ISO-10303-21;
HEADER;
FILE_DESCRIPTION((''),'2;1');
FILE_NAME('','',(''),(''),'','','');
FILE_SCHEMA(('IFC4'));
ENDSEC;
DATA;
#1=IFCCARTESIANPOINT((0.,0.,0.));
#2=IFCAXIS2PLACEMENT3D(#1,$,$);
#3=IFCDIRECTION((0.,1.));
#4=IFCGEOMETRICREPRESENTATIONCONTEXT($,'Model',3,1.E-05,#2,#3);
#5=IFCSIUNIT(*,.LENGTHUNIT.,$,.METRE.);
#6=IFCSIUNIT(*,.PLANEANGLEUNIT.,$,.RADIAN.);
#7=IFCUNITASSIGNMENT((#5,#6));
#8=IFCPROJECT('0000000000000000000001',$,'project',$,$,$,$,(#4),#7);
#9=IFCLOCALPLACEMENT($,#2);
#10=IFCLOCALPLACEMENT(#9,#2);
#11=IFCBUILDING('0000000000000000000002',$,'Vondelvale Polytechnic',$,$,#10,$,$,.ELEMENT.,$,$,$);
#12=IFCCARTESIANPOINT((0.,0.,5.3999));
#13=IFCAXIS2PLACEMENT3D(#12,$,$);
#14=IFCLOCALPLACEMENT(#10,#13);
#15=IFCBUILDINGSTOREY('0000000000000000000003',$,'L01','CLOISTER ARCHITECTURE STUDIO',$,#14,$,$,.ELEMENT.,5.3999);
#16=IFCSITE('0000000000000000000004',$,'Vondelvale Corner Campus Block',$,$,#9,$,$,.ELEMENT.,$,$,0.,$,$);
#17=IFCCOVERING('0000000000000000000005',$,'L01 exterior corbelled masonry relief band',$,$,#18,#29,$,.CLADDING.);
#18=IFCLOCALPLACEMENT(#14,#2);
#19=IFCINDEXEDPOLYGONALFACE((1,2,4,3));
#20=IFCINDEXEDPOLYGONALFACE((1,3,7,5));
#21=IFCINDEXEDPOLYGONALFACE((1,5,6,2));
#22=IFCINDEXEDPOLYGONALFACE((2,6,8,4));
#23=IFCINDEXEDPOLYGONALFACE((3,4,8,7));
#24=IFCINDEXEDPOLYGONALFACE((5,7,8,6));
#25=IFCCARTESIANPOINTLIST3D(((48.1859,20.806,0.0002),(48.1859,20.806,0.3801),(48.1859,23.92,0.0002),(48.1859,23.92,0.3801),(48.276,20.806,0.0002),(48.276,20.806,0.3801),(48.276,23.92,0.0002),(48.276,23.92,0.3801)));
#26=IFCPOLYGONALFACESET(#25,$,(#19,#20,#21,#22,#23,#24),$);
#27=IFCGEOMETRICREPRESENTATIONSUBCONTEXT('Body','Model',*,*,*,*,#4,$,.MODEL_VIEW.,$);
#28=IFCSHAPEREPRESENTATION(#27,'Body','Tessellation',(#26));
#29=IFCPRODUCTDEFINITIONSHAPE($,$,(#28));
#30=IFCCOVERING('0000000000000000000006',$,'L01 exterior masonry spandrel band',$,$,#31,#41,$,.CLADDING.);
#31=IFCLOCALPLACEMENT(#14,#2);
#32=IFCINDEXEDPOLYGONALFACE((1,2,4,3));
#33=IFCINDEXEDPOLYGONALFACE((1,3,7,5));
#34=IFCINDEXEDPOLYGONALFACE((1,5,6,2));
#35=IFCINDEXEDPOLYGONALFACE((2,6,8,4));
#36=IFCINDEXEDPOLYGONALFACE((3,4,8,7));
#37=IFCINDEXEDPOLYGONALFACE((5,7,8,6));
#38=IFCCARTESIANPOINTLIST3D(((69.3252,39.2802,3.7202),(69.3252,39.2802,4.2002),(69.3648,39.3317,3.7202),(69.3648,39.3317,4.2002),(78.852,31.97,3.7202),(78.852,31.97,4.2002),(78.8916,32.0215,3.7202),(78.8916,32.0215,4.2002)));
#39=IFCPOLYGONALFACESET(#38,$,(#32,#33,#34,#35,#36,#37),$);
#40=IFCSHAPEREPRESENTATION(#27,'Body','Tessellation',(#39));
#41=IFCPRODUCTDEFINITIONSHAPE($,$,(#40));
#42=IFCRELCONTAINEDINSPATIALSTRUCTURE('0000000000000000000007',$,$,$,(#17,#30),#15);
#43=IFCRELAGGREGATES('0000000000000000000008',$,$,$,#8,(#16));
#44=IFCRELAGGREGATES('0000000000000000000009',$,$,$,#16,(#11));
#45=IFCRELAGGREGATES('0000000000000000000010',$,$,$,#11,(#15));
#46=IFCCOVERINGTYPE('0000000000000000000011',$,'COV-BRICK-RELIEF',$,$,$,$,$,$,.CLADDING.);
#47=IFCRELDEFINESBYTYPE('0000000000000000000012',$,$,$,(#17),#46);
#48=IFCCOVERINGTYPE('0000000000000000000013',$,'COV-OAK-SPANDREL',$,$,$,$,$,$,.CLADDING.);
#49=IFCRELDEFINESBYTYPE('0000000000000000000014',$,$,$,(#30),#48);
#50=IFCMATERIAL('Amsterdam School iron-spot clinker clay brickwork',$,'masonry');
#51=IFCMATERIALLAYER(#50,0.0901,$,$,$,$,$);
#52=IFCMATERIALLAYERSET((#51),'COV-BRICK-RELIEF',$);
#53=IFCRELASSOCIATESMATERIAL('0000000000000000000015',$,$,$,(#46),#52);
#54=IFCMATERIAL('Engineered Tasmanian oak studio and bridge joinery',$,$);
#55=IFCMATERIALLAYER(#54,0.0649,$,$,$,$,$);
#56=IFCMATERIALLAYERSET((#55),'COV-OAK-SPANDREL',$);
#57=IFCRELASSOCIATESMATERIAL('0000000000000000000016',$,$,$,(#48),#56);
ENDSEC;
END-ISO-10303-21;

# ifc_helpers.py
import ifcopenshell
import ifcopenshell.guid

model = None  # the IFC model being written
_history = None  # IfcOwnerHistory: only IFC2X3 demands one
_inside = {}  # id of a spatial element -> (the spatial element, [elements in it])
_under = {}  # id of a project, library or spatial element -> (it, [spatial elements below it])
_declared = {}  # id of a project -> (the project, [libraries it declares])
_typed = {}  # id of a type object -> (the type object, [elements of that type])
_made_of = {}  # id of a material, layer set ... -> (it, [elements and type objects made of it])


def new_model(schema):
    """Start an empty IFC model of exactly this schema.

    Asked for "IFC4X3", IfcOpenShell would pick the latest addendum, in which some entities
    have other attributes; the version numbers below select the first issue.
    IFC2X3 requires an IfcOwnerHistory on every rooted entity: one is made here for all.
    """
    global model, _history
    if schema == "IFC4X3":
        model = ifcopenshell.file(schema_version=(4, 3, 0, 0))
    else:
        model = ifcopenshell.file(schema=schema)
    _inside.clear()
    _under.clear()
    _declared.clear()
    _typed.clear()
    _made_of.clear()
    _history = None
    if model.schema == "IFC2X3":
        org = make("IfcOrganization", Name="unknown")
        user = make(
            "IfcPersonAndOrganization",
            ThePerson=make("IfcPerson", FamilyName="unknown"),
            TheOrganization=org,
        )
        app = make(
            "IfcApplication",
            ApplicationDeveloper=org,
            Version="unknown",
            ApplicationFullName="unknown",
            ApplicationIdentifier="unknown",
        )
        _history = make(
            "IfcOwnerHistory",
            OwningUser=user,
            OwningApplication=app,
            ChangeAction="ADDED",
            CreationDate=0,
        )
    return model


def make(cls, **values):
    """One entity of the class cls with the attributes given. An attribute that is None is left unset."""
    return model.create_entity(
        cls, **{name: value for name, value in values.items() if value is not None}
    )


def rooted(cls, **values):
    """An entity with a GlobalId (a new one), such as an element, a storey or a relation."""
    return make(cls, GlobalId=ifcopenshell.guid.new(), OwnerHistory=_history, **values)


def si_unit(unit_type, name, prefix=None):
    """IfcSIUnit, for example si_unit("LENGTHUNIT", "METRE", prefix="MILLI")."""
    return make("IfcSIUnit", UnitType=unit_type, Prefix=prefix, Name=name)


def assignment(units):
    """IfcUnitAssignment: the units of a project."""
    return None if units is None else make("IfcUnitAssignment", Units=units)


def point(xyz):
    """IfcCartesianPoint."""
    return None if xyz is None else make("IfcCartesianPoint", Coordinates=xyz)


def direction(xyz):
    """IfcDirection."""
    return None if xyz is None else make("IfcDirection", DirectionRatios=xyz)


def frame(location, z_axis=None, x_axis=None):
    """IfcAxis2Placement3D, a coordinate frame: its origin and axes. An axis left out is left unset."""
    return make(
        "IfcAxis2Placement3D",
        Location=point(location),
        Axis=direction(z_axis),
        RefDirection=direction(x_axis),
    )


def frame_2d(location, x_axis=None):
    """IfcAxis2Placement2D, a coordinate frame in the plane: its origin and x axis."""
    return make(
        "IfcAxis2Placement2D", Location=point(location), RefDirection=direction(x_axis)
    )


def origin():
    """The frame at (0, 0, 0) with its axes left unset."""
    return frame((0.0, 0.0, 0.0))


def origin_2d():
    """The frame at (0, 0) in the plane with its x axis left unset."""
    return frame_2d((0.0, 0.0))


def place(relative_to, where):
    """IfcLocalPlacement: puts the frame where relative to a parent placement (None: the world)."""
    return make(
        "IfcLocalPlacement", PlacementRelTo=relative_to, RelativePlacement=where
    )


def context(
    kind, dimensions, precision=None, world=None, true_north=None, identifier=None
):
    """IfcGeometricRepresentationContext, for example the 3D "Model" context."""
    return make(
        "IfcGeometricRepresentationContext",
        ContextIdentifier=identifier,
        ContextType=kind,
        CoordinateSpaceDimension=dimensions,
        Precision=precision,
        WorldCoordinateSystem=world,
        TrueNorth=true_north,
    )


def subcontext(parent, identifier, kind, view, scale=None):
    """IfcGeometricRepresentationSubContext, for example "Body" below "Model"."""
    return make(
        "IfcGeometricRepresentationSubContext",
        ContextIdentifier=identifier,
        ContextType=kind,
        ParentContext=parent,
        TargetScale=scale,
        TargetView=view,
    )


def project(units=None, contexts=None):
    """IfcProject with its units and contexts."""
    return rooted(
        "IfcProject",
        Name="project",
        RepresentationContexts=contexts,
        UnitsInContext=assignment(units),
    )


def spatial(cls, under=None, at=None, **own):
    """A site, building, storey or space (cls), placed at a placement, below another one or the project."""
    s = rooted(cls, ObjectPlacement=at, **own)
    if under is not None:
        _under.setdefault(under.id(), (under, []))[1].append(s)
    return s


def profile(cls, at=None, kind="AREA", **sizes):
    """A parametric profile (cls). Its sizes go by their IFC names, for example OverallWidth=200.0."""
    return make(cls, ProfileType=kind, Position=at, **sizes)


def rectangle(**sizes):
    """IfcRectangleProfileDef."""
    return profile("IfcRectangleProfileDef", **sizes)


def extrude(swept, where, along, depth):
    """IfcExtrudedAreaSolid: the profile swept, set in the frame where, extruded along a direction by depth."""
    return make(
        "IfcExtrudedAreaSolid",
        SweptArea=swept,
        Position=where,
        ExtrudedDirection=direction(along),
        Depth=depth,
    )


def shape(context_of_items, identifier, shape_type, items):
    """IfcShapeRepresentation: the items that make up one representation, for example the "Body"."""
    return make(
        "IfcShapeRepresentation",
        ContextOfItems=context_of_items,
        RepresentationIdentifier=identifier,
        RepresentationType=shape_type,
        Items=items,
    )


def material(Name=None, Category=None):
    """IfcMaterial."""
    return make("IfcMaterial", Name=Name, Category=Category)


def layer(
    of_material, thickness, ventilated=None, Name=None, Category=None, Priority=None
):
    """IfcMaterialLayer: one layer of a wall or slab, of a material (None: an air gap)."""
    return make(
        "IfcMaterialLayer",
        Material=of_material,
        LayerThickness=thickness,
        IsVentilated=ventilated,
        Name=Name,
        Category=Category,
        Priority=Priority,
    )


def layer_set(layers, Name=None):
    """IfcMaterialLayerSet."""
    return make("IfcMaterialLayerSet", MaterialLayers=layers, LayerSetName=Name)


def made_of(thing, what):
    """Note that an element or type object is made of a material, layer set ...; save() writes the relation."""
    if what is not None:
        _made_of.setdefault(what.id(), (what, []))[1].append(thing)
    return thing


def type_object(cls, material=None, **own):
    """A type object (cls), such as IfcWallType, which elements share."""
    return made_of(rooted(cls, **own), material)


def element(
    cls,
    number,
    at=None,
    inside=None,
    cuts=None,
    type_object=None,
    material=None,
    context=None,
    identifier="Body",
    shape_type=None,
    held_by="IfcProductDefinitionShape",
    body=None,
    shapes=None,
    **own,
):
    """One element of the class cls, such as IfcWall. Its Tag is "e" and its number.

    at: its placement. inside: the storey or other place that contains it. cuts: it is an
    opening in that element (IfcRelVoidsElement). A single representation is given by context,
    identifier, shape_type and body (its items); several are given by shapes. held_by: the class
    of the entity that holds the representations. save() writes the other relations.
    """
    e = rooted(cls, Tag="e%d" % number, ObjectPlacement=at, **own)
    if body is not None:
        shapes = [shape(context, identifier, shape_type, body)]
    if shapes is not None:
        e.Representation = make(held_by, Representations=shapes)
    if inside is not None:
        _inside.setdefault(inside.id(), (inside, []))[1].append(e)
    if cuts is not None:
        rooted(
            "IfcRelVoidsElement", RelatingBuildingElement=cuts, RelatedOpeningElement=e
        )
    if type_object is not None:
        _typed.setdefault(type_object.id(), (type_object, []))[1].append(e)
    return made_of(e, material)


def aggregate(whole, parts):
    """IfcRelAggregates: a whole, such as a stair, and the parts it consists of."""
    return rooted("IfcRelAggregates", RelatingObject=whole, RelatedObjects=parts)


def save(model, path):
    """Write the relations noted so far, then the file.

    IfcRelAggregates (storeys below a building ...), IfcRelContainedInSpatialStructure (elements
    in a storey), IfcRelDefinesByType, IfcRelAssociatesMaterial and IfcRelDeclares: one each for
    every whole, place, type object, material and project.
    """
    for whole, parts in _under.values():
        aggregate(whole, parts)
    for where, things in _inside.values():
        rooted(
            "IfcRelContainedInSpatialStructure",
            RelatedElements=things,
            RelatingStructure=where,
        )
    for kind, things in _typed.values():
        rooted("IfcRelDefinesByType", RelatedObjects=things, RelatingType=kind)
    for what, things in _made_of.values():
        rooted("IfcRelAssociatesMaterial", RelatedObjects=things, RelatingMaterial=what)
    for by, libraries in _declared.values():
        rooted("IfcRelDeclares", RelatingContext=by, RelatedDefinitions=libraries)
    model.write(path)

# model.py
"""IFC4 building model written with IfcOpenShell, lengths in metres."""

from ifc_helpers import new_model, si_unit, direction, frame, origin, origin_2d, place, context, subcontext, project, spatial, rectangle, extrude, material, layer, layer_set, type_object, element, save


model = new_model("IFC4")

# Units and contexts
model_context = context("Model", 3, precision=1e-05, world=origin(), true_north=direction((0.0, 1.0)))
body_context = subcontext(model_context, "Body", "Model", "MODEL_VIEW")
ifc_project = project(units=[si_unit("LENGTHUNIT", "METRE"), si_unit("PLANEANGLEUNIT", "RADIAN")], contexts=[model_context])

# Site, building, storey
site_placement = place(None, origin())
site = spatial("IfcSite", under=ifc_project, at=site_placement, Name="Vondelvale Corner Campus Block", CompositionType="ELEMENT", RefElevation=0.0)
building_placement = place(site_placement, origin())
building = spatial("IfcBuilding", under=site, at=building_placement, Name="Vondelvale Polytechnic", CompositionType="ELEMENT")
storey_placement = place(building_placement, frame((0.0, 0.0, 5.3999)))
storey = spatial("IfcBuildingStorey", under=building, at=storey_placement, Name="L01", Description="CLOISTER ARCHITECTURE STUDIO", CompositionType="ELEMENT", Elevation=5.3999)

# Shared definitions
ifc_material_1 = material(Name="Engineered Tasmanian oak studio and bridge joinery")

# Coverings
ifc_material_2 = material(Name="Amsterdam School iron-spot clinker clay brickwork", Category="masonry")
ifc_layer_1 = layer(ifc_material_2, 0.0901)
ifc_layer_set_1 = layer_set([ifc_layer_1], Name="COV-BRICK-RELIEF")
covering_type_1 = type_object("IfcCoveringType", Name="COV-BRICK-RELIEF", PredefinedType="CLADDING", material=ifc_layer_set_1)
covering_1_placement = place(storey_placement, frame((48.231, 22.363, 0.0002), z_axis=(0.0, 0.0, 1.0), x_axis=(0.0, -1.0, 0.0)))
element("IfcCovering", 1, at=covering_1_placement, inside=storey, type_object=covering_type_1, Name="L01 exterior corbelled masonry relief band", PredefinedType="CLADDING", context=body_context, shape_type="SweptSolid", body=[
    extrude(rectangle(XDim=3.114, YDim=0.0901, at=origin_2d()), origin(), (0.0, 0.0, 1.0), 0.3799),
])
ifc_layer_2 = layer(ifc_material_1, 0.0649)
ifc_layer_set_2 = layer_set([ifc_layer_2], Name="COV-OAK-SPANDREL")
covering_type_2 = type_object("IfcCoveringType", Name="COV-OAK-SPANDREL", PredefinedType="CLADDING", material=ifc_layer_set_2)
covering_2_placement = place(storey_placement, frame((74.1084, 35.6509, 3.7202), z_axis=(0.0, 0.0, 1.0), x_axis=(0.793353, -0.608761, 0.0)))
element("IfcCovering", 2, at=covering_2_placement, inside=storey, type_object=covering_type_2, Name="L01 exterior masonry spandrel band", PredefinedType="CLADDING", context=body_context, shape_type="SweptSolid", body=[
    extrude(rectangle(XDim=12.0083, YDim=0.0649, at=origin_2d()), origin(), (0.0, 0.0, 1.0), 0.48),
])

save(model, "model.ifc")
